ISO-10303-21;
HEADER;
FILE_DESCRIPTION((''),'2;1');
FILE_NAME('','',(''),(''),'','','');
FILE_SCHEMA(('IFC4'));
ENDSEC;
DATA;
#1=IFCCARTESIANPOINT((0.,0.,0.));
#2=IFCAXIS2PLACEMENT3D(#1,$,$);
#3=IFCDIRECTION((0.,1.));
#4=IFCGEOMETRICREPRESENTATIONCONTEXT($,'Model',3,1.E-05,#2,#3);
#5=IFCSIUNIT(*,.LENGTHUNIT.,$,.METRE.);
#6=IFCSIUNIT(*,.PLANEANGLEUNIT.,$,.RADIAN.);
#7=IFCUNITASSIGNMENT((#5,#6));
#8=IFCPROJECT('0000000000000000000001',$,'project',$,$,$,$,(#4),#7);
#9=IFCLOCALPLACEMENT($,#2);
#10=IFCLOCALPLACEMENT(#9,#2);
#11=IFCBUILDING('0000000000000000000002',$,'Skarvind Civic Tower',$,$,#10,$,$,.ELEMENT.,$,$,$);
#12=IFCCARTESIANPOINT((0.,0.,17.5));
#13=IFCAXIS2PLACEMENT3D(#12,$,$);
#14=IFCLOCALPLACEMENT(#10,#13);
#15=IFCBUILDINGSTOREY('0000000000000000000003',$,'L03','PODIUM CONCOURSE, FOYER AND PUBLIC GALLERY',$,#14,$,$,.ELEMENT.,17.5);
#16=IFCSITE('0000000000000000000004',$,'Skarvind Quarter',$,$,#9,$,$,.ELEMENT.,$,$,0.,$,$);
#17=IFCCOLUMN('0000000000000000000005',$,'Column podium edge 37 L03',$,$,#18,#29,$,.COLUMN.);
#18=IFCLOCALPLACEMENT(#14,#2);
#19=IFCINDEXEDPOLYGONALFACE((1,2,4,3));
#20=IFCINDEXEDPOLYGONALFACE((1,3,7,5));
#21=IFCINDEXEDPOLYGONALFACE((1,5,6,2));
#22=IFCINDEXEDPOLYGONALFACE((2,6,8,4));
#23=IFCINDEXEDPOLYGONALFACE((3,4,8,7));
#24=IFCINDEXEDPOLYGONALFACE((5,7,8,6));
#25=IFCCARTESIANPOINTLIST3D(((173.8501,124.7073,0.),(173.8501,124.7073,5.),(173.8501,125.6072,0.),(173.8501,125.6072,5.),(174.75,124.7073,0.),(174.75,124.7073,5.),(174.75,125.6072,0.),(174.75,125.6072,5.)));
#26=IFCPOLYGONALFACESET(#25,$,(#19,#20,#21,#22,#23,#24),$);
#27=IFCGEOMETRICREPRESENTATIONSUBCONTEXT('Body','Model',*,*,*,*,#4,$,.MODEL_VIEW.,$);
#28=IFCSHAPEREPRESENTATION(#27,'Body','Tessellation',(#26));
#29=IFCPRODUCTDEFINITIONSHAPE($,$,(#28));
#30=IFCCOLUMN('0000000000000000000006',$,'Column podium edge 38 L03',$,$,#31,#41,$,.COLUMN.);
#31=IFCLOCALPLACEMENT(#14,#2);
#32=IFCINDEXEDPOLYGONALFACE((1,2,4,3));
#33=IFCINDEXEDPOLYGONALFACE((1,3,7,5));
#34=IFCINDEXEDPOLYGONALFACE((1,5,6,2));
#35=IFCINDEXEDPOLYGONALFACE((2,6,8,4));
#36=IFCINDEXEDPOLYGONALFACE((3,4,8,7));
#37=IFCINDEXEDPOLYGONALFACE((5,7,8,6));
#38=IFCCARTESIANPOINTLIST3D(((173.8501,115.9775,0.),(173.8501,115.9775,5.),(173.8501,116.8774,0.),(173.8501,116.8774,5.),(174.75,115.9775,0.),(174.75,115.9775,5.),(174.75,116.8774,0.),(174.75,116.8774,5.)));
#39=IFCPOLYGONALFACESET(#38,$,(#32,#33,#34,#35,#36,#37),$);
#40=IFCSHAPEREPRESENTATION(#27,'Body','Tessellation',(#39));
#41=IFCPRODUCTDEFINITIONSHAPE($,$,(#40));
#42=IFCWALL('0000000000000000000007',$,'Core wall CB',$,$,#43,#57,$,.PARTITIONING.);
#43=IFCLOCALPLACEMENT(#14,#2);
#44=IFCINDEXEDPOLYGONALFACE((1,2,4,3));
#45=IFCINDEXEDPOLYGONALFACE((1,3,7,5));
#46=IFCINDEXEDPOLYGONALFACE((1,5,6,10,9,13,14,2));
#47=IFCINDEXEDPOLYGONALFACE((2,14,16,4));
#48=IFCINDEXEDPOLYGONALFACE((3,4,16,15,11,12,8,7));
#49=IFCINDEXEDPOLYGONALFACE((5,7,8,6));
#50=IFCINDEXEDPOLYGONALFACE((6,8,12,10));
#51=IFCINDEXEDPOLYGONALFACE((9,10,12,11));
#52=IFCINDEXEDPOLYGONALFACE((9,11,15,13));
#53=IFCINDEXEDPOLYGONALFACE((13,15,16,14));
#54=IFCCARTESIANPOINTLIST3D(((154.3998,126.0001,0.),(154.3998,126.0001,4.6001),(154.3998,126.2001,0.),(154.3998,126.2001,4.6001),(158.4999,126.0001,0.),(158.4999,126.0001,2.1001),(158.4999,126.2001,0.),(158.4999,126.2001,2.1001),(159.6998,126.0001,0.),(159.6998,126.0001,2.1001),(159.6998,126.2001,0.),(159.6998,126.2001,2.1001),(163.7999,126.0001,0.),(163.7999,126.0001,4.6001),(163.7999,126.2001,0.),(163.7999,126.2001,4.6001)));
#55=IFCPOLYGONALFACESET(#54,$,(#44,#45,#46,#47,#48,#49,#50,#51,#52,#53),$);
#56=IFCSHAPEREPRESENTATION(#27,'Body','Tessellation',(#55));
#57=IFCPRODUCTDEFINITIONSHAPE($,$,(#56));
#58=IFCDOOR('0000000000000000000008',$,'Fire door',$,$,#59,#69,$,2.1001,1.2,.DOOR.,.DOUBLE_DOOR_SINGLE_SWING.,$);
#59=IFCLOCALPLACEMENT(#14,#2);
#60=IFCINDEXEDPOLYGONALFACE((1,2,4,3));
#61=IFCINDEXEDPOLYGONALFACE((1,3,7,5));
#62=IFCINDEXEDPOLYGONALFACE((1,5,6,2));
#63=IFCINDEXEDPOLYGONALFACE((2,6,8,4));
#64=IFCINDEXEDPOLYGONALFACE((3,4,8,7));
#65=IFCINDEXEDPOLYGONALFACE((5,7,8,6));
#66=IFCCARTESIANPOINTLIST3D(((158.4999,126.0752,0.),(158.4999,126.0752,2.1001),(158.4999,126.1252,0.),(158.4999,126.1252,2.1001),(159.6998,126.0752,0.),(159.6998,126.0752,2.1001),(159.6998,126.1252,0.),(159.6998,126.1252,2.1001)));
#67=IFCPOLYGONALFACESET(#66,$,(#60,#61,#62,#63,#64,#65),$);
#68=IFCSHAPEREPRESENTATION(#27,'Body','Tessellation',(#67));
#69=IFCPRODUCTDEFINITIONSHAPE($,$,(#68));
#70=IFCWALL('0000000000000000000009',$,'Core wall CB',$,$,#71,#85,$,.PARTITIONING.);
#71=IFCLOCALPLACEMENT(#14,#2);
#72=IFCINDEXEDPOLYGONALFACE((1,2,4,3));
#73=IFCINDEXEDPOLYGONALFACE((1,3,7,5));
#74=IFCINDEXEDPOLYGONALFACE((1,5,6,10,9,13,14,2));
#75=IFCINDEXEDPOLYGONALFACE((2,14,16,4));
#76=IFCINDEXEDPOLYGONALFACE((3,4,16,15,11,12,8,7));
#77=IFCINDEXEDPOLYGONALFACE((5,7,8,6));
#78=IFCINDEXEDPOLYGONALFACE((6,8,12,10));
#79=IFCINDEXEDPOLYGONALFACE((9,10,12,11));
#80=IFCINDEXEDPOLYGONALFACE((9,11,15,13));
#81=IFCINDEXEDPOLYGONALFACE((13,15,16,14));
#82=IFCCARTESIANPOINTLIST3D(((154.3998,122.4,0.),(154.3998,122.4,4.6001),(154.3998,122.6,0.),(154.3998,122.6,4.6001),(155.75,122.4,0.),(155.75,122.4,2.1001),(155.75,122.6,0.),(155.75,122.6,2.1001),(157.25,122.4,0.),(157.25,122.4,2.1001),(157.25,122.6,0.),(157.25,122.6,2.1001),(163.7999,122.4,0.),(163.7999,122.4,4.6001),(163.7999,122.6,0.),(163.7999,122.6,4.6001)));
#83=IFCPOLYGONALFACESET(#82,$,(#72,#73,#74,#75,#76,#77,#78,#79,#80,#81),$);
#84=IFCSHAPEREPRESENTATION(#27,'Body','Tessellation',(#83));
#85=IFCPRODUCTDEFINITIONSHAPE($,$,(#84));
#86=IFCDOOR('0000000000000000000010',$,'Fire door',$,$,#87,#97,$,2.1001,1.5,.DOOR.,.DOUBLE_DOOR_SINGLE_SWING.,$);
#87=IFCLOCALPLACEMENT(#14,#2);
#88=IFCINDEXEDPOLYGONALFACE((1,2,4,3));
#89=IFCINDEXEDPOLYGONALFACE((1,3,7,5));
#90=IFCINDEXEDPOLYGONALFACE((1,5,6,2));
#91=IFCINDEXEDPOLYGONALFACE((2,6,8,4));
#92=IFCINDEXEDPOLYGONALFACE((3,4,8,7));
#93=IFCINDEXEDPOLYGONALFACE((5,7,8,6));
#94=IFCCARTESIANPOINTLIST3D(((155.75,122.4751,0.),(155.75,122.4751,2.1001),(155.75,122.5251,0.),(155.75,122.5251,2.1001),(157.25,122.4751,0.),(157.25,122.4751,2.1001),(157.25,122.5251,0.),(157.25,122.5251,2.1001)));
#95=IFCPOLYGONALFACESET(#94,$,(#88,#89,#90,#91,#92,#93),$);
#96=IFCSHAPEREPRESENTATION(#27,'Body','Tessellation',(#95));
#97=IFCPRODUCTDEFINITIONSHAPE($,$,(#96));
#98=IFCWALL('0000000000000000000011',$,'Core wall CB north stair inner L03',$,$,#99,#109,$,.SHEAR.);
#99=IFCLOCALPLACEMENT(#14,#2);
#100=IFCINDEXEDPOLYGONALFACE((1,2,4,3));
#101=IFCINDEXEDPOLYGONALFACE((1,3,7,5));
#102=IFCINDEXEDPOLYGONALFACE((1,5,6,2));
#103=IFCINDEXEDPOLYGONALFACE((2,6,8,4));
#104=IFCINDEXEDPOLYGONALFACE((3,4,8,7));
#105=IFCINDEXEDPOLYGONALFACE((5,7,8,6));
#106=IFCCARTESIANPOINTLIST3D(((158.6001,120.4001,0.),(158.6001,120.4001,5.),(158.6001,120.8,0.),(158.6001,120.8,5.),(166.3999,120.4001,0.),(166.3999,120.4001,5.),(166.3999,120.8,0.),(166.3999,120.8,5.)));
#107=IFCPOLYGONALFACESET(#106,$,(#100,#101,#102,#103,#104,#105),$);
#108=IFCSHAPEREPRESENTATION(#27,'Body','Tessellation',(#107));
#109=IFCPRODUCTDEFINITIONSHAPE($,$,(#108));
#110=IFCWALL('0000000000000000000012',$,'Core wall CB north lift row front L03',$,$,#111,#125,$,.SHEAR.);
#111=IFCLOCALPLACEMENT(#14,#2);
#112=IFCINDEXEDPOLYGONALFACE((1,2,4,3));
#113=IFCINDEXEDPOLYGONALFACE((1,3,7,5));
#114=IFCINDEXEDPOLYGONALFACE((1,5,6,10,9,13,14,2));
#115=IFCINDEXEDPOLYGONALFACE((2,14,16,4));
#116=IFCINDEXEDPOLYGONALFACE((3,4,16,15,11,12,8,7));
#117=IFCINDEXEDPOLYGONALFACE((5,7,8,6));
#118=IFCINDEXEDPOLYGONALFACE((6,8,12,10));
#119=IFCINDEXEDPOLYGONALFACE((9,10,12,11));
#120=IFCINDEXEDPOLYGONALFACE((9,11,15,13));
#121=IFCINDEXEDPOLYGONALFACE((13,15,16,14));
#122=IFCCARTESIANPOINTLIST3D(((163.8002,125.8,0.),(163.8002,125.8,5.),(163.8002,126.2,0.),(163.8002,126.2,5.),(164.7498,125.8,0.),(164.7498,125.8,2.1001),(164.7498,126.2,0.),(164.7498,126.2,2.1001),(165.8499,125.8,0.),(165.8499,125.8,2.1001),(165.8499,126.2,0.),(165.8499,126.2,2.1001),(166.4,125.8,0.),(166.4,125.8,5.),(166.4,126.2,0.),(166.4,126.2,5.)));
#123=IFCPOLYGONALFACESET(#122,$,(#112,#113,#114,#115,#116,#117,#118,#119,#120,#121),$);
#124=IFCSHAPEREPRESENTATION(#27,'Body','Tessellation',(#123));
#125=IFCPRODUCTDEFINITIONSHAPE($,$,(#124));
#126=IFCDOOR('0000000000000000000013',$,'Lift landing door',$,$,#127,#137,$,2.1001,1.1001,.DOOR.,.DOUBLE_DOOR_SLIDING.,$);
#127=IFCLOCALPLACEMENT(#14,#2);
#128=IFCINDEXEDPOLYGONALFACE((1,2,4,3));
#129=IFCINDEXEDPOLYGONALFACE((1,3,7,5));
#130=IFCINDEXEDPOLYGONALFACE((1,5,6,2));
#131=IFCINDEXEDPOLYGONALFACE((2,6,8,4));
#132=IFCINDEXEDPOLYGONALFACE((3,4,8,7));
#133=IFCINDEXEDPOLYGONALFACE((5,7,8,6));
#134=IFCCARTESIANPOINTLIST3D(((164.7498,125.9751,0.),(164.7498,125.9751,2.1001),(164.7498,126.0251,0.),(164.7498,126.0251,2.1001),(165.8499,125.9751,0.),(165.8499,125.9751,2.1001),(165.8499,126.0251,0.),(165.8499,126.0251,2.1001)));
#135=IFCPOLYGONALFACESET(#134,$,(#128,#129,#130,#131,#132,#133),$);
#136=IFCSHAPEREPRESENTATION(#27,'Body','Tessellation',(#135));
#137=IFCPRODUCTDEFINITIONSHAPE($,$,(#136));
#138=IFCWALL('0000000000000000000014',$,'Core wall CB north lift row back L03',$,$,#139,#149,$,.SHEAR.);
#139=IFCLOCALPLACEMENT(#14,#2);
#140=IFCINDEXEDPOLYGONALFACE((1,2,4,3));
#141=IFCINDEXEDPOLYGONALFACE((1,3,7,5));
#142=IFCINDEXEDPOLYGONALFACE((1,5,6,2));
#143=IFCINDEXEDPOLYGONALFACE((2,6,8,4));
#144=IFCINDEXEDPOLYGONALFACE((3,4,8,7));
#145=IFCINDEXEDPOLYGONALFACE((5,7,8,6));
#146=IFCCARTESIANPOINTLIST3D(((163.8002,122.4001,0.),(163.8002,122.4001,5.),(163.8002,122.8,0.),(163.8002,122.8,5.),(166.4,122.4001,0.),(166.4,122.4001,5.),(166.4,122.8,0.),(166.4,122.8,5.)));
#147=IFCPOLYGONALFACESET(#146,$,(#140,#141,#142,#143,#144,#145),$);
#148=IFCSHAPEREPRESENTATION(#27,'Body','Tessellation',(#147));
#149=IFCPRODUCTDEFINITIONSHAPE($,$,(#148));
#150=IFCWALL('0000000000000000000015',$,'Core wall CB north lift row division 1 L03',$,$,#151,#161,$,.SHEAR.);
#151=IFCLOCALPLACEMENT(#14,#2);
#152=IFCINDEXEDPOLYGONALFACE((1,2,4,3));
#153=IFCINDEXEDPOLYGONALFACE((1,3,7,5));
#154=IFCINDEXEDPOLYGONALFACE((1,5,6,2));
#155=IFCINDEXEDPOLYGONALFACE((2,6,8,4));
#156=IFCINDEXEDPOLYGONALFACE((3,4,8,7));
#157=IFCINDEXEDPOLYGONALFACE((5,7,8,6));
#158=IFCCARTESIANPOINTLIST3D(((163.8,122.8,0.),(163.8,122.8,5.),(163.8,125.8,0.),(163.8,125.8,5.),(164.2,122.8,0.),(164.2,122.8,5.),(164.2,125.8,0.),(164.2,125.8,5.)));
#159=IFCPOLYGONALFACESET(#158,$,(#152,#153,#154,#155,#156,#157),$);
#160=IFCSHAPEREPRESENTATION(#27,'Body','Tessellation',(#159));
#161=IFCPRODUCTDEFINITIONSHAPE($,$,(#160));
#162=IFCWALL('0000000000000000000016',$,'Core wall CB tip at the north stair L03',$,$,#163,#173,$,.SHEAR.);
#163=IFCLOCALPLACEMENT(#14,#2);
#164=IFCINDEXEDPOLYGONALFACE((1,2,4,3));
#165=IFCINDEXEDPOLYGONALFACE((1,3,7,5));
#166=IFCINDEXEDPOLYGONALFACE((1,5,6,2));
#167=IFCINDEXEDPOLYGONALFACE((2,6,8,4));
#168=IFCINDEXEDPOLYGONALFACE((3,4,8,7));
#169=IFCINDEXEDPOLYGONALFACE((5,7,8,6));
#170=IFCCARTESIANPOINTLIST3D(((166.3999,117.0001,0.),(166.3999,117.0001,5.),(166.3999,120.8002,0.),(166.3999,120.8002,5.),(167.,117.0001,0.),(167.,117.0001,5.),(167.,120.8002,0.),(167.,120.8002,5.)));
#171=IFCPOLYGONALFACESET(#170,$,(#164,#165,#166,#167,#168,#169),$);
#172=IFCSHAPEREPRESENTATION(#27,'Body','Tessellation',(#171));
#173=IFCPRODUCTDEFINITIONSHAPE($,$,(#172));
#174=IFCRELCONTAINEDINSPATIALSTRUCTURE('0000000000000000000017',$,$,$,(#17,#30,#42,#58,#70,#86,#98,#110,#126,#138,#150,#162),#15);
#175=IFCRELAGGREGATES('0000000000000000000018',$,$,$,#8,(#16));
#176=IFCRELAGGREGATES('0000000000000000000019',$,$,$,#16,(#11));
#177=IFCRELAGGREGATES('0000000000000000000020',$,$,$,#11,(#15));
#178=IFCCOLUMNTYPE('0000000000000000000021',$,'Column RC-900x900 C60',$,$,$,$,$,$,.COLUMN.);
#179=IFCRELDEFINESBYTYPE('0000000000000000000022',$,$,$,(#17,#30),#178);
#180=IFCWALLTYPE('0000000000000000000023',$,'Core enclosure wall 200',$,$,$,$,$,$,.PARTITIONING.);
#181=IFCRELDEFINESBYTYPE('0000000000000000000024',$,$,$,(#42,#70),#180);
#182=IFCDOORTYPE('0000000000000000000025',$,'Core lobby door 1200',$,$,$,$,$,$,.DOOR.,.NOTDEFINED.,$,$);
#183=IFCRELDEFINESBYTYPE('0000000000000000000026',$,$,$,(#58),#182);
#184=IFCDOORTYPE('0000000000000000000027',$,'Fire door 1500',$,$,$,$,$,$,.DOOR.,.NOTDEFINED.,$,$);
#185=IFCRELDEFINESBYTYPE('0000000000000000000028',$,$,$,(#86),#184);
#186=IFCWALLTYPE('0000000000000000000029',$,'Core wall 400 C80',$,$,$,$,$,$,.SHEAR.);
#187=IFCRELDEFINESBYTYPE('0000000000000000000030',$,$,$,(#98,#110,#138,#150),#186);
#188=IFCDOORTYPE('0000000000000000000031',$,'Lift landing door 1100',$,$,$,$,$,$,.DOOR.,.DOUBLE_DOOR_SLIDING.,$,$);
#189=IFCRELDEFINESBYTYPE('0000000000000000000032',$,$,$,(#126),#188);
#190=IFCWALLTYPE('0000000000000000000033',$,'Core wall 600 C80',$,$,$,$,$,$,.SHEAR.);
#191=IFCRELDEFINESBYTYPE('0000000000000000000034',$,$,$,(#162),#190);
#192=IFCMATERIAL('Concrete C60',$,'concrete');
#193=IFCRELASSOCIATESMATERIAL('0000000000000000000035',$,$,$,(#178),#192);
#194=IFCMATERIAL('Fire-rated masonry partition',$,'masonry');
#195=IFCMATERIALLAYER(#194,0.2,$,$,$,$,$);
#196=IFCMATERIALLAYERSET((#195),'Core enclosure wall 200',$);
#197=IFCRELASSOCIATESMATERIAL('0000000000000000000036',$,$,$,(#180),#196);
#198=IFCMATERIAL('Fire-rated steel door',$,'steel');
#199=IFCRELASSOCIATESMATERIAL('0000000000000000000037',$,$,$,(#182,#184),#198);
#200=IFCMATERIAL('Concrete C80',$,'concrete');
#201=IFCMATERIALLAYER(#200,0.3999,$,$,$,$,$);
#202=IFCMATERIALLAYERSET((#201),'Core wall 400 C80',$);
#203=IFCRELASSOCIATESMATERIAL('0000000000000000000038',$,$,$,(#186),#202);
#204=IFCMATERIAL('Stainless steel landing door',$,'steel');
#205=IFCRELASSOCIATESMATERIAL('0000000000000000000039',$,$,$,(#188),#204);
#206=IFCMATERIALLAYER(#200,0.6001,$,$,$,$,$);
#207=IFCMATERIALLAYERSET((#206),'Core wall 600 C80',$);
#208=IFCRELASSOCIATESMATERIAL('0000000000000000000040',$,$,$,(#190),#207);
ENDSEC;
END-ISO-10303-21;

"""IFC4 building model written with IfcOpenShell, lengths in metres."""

from ifc_helpers import new_model, si_unit, direction, frame, frame_2d, origin, origin_2d, place, context, subcontext, project, spatial, rectangle, extrude, material, layer, layer_set, material_profile, profile_set, type_object, element, fill, save


model = new_model("IFC4")

# Units and contexts
model_context = context("Model", 3, precision=1e-05, world=origin(), true_north=direction((0.0, 1.0)))
body_context = subcontext(model_context, "Body", "Model", "MODEL_VIEW")
ifc_project = project(units=[si_unit("LENGTHUNIT", "METRE"), si_unit("PLANEANGLEUNIT", "RADIAN")], contexts=[model_context])

# Site, building, storey
site_placement = place(None, origin())
site = spatial("IfcSite", under=ifc_project, at=site_placement, Name="Skarvind Quarter", CompositionType="ELEMENT", RefElevation=0.0)
building_placement = place(site_placement, origin())
building = spatial("IfcBuilding", under=site, at=building_placement, Name="Skarvind Civic Tower", CompositionType="ELEMENT")
storey_placement = place(building_placement, frame((0.0, 0.0, 17.5)))
storey = spatial("IfcBuildingStorey", under=building, at=storey_placement, Name="L03", Description="PODIUM CONCOURSE, FOYER AND PUBLIC GALLERY", CompositionType="ELEMENT", Elevation=17.5)

# Columns
ifc_material_1 = material(Name="Concrete C60", Category="concrete")
ifc_material_profile = material_profile(ifc_material_1, rectangle(XDim=0.8999, YDim=0.8999, at=origin_2d()), Name="RC-900x900")
ifc_profile_set = profile_set([ifc_material_profile], Name="Concrete C60")
column_type = type_object("IfcColumnType", Name="Column RC-900x900 C60", PredefinedType="COLUMN", material=ifc_profile_set)
for number, where, z_axis, x_axis, name in (
    (1, (174.3, 125.1572, 0.0), (0.0, 0.0, 1.0), (1.0, 0.0, 0.0), "Column podium edge 37 L03"),
    (2, (174.3, 116.4275, 0.0), (0.0, 0.0, 1.0), (1.0, 0.0, 0.0), "Column podium edge 38 L03"),
):
    element("IfcColumn", number, at=place(storey_placement, frame(where, z_axis=z_axis, x_axis=x_axis)), inside=storey, type_object=column_type, Name=name, PredefinedType="COLUMN", context=body_context, shape_type="SweptSolid", body=[
        extrude(rectangle(XDim=0.8999, YDim=0.8999, at=origin_2d()), origin(), (0.0, 0.0, 1.0), 5.0),
    ])

# Walls, openings, doors
ifc_material_2 = material(Name="Fire-rated masonry partition", Category="masonry")
ifc_layer_1 = layer(ifc_material_2, 0.2)
ifc_layer_set_1 = layer_set([ifc_layer_1], Name="Core enclosure wall 200")
wall_type_1 = type_object("IfcWallType", Name="Core enclosure wall 200", PredefinedType="PARTITIONING", material=ifc_layer_set_1)
wall_1_placement = place(storey_placement, frame((163.8, 126.1001, 0.0), z_axis=(0.0, 0.0, 1.0), x_axis=(-1.0, 0.0, 0.0)))
wall_1 = element("IfcWall", 3, at=wall_1_placement, inside=storey, type_object=wall_type_1, Name="Core wall CB", PredefinedType="PARTITIONING", context=body_context, shape_type="SweptSolid", body=[
    extrude(rectangle(XDim=9.4001, YDim=0.2, at=frame_2d((4.7002, 0.0))), origin(), (0.0, 0.0, 1.0), 4.6001),
])
opening_1_placement = place(wall_1_placement, frame((4.1001, 0.0, 0.0)))
opening_1 = element("IfcOpeningElement", 4, at=opening_1_placement, cuts=wall_1, PredefinedType="OPENING", context=body_context, shape_type="SweptSolid", body=[
    extrude(rectangle(XDim=1.2, YDim=2.1001, at=frame_2d((0.6001, 1.05))), frame((0.0, 0.1099, 0.0), z_axis=(0.0, -1.0, 0.0), x_axis=(1.0, 0.0, 0.0)), (0.0, 0.0, 1.0), 0.22),
])
ifc_material_3 = material(Name="Fire-rated steel door", Category="steel")
door_type_1 = type_object("IfcDoorType", Name="Core lobby door 1200", OperationType="NOTDEFINED", PredefinedType="DOOR", material=ifc_material_3)
door_1_placement = place(opening_1_placement, origin())
door_1 = element("IfcDoor", 5, at=door_1_placement, inside=storey, type_object=door_type_1, Name="Fire door", OperationType="DOUBLE_DOOR_SINGLE_SWING", OverallHeight=2.1001, OverallWidth=1.2, PredefinedType="DOOR", context=body_context, shape_type="SweptSolid", body=[
    extrude(rectangle(XDim=1.2, YDim=2.1001, at=frame_2d((0.6001, 1.05))), frame((0.0, 0.0249, 0.0), z_axis=(0.0, -1.0, 0.0), x_axis=(1.0, 0.0, 0.0)), (0.0, 0.0, 1.0), 0.05),
])
fill(opening_1, door_1)
wall_2_placement = place(storey_placement, frame((163.8, 122.5, 0.0), z_axis=(0.0, 0.0, 1.0), x_axis=(-1.0, 0.0, 0.0)))
wall_2 = element("IfcWall", 6, at=wall_2_placement, inside=storey, type_object=wall_type_1, Name="Core wall CB", PredefinedType="PARTITIONING", context=body_context, shape_type="SweptSolid", body=[
    extrude(rectangle(XDim=9.4001, YDim=0.2, at=frame_2d((4.7002, 0.0))), origin(), (0.0, 0.0, 1.0), 4.6001),
])
opening_2_placement = place(wall_2_placement, frame((6.55, 0.0, 0.0)))
opening_2 = element("IfcOpeningElement", 7, at=opening_2_placement, cuts=wall_2, PredefinedType="OPENING", context=body_context, shape_type="SweptSolid", body=[
    extrude(rectangle(XDim=1.5, YDim=2.1001, at=frame_2d((0.75, 1.05))), frame((0.0, 0.1099, 0.0), z_axis=(0.0, -1.0, 0.0), x_axis=(1.0, 0.0, 0.0)), (0.0, 0.0, 1.0), 0.22),
])
door_type_2 = type_object("IfcDoorType", Name="Fire door 1500", OperationType="NOTDEFINED", PredefinedType="DOOR", material=ifc_material_3)
door_2_placement = place(opening_2_placement, origin())
door_2 = element("IfcDoor", 8, at=door_2_placement, inside=storey, type_object=door_type_2, Name="Fire door", OperationType="DOUBLE_DOOR_SINGLE_SWING", OverallHeight=2.1001, OverallWidth=1.5, PredefinedType="DOOR", context=body_context, shape_type="SweptSolid", body=[
    extrude(rectangle(XDim=1.5, YDim=2.1001, at=frame_2d((0.75, 1.05))), frame((0.0, 0.0249, 0.0), z_axis=(0.0, -1.0, 0.0), x_axis=(1.0, 0.0, 0.0)), (0.0, 0.0, 1.0), 0.05),
])
fill(opening_2, door_2)

# Wall
ifc_material_4 = material(Name="Concrete C80", Category="concrete")
ifc_layer_2 = layer(ifc_material_4, 0.3999)
ifc_layer_set_2 = layer_set([ifc_layer_2], Name="Core wall 400 C80")
wall_type_2 = type_object("IfcWallType", Name="Core wall 400 C80", PredefinedType="SHEAR", material=ifc_layer_set_2)
wall_3_placement = place(storey_placement, frame((166.3999, 120.6001, 0.0), z_axis=(0.0, 0.0, 1.0), x_axis=(-1.0, 0.0, 0.0)))
element("IfcWall", 9, at=wall_3_placement, inside=storey, type_object=wall_type_2, Name="Core wall CB north stair inner L03", PredefinedType="SHEAR", context=body_context, shape_type="SweptSolid", body=[
    extrude(rectangle(XDim=7.7998, YDim=0.3999, at=frame_2d((3.8999, 0.0))), origin(), (0.0, 0.0, 1.0), 5.0),
])

# Wall, opening, door
wall_4_placement = place(storey_placement, frame((166.3999, 126.0, 0.0), z_axis=(0.0, 0.0, 1.0), x_axis=(-1.0, 0.0, 0.0)))
wall_4 = element("IfcWall", 10, at=wall_4_placement, inside=storey, type_object=wall_type_2, Name="Core wall CB north lift row front L03", PredefinedType="SHEAR", context=body_context, shape_type="SweptSolid", body=[
    extrude(rectangle(XDim=2.5999, YDim=0.3999, at=frame_2d((1.2998, 0.0))), origin(), (0.0, 0.0, 1.0), 5.0),
])
opening_3_placement = place(wall_4_placement, frame((0.55, 0.0, 0.0)))
opening_3 = element("IfcOpeningElement", 11, at=opening_3_placement, cuts=wall_4, PredefinedType="OPENING", context=body_context, shape_type="SweptSolid", body=[
    extrude(rectangle(XDim=1.1001, YDim=2.1001, at=frame_2d((0.55, 1.05))), frame((0.0, 0.21, 0.0), z_axis=(0.0, -1.0, 0.0), x_axis=(1.0, 0.0, 0.0)), (0.0, 0.0, 1.0), 0.4199),
])
ifc_material_5 = material(Name="Stainless steel landing door", Category="steel")
door_type_3 = type_object("IfcDoorType", Name="Lift landing door 1100", OperationType="DOUBLE_DOOR_SLIDING", PredefinedType="DOOR", material=ifc_material_5)
door_3_placement = place(opening_3_placement, origin())
door_3 = element("IfcDoor", 12, at=door_3_placement, inside=storey, type_object=door_type_3, Name="Lift landing door", OperationType="DOUBLE_DOOR_SLIDING", OverallHeight=2.1001, OverallWidth=1.1001, PredefinedType="DOOR", context=body_context, shape_type="SweptSolid", body=[
    extrude(rectangle(XDim=1.1001, YDim=2.1001, at=frame_2d((0.55, 1.05))), frame((0.0, 0.0249, 0.0), z_axis=(0.0, -1.0, 0.0), x_axis=(1.0, 0.0, 0.0)), (0.0, 0.0, 1.0), 0.05),
])
fill(opening_3, door_3)

# Walls
wall_5_placement = place(storey_placement, frame((166.3999, 122.6001, 0.0), z_axis=(0.0, 0.0, 1.0), x_axis=(-1.0, 0.0, 0.0)))
element("IfcWall", 13, at=wall_5_placement, inside=storey, type_object=wall_type_2, Name="Core wall CB north lift row back L03", PredefinedType="SHEAR", context=body_context, shape_type="SweptSolid", body=[
    extrude(rectangle(XDim=2.5999, YDim=0.3999, at=frame_2d((1.2998, 0.0))), origin(), (0.0, 0.0, 1.0), 5.0),
])
wall_6_placement = place(storey_placement, frame((164.0, 125.8, 0.0), z_axis=(0.0, 0.0, 1.0), x_axis=(0.0, -1.0, 0.0)))
element("IfcWall", 14, at=wall_6_placement, inside=storey, type_object=wall_type_2, Name="Core wall CB north lift row division 1 L03", PredefinedType="SHEAR", context=body_context, shape_type="SweptSolid", body=[
    extrude(rectangle(XDim=3.0, YDim=0.3999, at=frame_2d((1.5, 0.0))), origin(), (0.0, 0.0, 1.0), 5.0),
])
ifc_layer_3 = layer(ifc_material_4, 0.6001)
ifc_layer_set_3 = layer_set([ifc_layer_3], Name="Core wall 600 C80")
wall_type_3 = type_object("IfcWallType", Name="Core wall 600 C80", PredefinedType="SHEAR", material=ifc_layer_set_3)
wall_7_placement = place(storey_placement, frame((166.7, 120.8, 0.0), z_axis=(0.0, 0.0, 1.0), x_axis=(0.0, -1.0, 0.0)))
element("IfcWall", 15, at=wall_7_placement, inside=storey, type_object=wall_type_3, Name="Core wall CB tip at the north stair L03", PredefinedType="SHEAR", context=body_context, shape_type="SweptSolid", body=[
    extrude(rectangle(XDim=3.8, YDim=0.6001, at=frame_2d((1.8999, 0.0))), origin(), (0.0, 0.0, 1.0), 5.0),
])

save(model, "model.ifc")
